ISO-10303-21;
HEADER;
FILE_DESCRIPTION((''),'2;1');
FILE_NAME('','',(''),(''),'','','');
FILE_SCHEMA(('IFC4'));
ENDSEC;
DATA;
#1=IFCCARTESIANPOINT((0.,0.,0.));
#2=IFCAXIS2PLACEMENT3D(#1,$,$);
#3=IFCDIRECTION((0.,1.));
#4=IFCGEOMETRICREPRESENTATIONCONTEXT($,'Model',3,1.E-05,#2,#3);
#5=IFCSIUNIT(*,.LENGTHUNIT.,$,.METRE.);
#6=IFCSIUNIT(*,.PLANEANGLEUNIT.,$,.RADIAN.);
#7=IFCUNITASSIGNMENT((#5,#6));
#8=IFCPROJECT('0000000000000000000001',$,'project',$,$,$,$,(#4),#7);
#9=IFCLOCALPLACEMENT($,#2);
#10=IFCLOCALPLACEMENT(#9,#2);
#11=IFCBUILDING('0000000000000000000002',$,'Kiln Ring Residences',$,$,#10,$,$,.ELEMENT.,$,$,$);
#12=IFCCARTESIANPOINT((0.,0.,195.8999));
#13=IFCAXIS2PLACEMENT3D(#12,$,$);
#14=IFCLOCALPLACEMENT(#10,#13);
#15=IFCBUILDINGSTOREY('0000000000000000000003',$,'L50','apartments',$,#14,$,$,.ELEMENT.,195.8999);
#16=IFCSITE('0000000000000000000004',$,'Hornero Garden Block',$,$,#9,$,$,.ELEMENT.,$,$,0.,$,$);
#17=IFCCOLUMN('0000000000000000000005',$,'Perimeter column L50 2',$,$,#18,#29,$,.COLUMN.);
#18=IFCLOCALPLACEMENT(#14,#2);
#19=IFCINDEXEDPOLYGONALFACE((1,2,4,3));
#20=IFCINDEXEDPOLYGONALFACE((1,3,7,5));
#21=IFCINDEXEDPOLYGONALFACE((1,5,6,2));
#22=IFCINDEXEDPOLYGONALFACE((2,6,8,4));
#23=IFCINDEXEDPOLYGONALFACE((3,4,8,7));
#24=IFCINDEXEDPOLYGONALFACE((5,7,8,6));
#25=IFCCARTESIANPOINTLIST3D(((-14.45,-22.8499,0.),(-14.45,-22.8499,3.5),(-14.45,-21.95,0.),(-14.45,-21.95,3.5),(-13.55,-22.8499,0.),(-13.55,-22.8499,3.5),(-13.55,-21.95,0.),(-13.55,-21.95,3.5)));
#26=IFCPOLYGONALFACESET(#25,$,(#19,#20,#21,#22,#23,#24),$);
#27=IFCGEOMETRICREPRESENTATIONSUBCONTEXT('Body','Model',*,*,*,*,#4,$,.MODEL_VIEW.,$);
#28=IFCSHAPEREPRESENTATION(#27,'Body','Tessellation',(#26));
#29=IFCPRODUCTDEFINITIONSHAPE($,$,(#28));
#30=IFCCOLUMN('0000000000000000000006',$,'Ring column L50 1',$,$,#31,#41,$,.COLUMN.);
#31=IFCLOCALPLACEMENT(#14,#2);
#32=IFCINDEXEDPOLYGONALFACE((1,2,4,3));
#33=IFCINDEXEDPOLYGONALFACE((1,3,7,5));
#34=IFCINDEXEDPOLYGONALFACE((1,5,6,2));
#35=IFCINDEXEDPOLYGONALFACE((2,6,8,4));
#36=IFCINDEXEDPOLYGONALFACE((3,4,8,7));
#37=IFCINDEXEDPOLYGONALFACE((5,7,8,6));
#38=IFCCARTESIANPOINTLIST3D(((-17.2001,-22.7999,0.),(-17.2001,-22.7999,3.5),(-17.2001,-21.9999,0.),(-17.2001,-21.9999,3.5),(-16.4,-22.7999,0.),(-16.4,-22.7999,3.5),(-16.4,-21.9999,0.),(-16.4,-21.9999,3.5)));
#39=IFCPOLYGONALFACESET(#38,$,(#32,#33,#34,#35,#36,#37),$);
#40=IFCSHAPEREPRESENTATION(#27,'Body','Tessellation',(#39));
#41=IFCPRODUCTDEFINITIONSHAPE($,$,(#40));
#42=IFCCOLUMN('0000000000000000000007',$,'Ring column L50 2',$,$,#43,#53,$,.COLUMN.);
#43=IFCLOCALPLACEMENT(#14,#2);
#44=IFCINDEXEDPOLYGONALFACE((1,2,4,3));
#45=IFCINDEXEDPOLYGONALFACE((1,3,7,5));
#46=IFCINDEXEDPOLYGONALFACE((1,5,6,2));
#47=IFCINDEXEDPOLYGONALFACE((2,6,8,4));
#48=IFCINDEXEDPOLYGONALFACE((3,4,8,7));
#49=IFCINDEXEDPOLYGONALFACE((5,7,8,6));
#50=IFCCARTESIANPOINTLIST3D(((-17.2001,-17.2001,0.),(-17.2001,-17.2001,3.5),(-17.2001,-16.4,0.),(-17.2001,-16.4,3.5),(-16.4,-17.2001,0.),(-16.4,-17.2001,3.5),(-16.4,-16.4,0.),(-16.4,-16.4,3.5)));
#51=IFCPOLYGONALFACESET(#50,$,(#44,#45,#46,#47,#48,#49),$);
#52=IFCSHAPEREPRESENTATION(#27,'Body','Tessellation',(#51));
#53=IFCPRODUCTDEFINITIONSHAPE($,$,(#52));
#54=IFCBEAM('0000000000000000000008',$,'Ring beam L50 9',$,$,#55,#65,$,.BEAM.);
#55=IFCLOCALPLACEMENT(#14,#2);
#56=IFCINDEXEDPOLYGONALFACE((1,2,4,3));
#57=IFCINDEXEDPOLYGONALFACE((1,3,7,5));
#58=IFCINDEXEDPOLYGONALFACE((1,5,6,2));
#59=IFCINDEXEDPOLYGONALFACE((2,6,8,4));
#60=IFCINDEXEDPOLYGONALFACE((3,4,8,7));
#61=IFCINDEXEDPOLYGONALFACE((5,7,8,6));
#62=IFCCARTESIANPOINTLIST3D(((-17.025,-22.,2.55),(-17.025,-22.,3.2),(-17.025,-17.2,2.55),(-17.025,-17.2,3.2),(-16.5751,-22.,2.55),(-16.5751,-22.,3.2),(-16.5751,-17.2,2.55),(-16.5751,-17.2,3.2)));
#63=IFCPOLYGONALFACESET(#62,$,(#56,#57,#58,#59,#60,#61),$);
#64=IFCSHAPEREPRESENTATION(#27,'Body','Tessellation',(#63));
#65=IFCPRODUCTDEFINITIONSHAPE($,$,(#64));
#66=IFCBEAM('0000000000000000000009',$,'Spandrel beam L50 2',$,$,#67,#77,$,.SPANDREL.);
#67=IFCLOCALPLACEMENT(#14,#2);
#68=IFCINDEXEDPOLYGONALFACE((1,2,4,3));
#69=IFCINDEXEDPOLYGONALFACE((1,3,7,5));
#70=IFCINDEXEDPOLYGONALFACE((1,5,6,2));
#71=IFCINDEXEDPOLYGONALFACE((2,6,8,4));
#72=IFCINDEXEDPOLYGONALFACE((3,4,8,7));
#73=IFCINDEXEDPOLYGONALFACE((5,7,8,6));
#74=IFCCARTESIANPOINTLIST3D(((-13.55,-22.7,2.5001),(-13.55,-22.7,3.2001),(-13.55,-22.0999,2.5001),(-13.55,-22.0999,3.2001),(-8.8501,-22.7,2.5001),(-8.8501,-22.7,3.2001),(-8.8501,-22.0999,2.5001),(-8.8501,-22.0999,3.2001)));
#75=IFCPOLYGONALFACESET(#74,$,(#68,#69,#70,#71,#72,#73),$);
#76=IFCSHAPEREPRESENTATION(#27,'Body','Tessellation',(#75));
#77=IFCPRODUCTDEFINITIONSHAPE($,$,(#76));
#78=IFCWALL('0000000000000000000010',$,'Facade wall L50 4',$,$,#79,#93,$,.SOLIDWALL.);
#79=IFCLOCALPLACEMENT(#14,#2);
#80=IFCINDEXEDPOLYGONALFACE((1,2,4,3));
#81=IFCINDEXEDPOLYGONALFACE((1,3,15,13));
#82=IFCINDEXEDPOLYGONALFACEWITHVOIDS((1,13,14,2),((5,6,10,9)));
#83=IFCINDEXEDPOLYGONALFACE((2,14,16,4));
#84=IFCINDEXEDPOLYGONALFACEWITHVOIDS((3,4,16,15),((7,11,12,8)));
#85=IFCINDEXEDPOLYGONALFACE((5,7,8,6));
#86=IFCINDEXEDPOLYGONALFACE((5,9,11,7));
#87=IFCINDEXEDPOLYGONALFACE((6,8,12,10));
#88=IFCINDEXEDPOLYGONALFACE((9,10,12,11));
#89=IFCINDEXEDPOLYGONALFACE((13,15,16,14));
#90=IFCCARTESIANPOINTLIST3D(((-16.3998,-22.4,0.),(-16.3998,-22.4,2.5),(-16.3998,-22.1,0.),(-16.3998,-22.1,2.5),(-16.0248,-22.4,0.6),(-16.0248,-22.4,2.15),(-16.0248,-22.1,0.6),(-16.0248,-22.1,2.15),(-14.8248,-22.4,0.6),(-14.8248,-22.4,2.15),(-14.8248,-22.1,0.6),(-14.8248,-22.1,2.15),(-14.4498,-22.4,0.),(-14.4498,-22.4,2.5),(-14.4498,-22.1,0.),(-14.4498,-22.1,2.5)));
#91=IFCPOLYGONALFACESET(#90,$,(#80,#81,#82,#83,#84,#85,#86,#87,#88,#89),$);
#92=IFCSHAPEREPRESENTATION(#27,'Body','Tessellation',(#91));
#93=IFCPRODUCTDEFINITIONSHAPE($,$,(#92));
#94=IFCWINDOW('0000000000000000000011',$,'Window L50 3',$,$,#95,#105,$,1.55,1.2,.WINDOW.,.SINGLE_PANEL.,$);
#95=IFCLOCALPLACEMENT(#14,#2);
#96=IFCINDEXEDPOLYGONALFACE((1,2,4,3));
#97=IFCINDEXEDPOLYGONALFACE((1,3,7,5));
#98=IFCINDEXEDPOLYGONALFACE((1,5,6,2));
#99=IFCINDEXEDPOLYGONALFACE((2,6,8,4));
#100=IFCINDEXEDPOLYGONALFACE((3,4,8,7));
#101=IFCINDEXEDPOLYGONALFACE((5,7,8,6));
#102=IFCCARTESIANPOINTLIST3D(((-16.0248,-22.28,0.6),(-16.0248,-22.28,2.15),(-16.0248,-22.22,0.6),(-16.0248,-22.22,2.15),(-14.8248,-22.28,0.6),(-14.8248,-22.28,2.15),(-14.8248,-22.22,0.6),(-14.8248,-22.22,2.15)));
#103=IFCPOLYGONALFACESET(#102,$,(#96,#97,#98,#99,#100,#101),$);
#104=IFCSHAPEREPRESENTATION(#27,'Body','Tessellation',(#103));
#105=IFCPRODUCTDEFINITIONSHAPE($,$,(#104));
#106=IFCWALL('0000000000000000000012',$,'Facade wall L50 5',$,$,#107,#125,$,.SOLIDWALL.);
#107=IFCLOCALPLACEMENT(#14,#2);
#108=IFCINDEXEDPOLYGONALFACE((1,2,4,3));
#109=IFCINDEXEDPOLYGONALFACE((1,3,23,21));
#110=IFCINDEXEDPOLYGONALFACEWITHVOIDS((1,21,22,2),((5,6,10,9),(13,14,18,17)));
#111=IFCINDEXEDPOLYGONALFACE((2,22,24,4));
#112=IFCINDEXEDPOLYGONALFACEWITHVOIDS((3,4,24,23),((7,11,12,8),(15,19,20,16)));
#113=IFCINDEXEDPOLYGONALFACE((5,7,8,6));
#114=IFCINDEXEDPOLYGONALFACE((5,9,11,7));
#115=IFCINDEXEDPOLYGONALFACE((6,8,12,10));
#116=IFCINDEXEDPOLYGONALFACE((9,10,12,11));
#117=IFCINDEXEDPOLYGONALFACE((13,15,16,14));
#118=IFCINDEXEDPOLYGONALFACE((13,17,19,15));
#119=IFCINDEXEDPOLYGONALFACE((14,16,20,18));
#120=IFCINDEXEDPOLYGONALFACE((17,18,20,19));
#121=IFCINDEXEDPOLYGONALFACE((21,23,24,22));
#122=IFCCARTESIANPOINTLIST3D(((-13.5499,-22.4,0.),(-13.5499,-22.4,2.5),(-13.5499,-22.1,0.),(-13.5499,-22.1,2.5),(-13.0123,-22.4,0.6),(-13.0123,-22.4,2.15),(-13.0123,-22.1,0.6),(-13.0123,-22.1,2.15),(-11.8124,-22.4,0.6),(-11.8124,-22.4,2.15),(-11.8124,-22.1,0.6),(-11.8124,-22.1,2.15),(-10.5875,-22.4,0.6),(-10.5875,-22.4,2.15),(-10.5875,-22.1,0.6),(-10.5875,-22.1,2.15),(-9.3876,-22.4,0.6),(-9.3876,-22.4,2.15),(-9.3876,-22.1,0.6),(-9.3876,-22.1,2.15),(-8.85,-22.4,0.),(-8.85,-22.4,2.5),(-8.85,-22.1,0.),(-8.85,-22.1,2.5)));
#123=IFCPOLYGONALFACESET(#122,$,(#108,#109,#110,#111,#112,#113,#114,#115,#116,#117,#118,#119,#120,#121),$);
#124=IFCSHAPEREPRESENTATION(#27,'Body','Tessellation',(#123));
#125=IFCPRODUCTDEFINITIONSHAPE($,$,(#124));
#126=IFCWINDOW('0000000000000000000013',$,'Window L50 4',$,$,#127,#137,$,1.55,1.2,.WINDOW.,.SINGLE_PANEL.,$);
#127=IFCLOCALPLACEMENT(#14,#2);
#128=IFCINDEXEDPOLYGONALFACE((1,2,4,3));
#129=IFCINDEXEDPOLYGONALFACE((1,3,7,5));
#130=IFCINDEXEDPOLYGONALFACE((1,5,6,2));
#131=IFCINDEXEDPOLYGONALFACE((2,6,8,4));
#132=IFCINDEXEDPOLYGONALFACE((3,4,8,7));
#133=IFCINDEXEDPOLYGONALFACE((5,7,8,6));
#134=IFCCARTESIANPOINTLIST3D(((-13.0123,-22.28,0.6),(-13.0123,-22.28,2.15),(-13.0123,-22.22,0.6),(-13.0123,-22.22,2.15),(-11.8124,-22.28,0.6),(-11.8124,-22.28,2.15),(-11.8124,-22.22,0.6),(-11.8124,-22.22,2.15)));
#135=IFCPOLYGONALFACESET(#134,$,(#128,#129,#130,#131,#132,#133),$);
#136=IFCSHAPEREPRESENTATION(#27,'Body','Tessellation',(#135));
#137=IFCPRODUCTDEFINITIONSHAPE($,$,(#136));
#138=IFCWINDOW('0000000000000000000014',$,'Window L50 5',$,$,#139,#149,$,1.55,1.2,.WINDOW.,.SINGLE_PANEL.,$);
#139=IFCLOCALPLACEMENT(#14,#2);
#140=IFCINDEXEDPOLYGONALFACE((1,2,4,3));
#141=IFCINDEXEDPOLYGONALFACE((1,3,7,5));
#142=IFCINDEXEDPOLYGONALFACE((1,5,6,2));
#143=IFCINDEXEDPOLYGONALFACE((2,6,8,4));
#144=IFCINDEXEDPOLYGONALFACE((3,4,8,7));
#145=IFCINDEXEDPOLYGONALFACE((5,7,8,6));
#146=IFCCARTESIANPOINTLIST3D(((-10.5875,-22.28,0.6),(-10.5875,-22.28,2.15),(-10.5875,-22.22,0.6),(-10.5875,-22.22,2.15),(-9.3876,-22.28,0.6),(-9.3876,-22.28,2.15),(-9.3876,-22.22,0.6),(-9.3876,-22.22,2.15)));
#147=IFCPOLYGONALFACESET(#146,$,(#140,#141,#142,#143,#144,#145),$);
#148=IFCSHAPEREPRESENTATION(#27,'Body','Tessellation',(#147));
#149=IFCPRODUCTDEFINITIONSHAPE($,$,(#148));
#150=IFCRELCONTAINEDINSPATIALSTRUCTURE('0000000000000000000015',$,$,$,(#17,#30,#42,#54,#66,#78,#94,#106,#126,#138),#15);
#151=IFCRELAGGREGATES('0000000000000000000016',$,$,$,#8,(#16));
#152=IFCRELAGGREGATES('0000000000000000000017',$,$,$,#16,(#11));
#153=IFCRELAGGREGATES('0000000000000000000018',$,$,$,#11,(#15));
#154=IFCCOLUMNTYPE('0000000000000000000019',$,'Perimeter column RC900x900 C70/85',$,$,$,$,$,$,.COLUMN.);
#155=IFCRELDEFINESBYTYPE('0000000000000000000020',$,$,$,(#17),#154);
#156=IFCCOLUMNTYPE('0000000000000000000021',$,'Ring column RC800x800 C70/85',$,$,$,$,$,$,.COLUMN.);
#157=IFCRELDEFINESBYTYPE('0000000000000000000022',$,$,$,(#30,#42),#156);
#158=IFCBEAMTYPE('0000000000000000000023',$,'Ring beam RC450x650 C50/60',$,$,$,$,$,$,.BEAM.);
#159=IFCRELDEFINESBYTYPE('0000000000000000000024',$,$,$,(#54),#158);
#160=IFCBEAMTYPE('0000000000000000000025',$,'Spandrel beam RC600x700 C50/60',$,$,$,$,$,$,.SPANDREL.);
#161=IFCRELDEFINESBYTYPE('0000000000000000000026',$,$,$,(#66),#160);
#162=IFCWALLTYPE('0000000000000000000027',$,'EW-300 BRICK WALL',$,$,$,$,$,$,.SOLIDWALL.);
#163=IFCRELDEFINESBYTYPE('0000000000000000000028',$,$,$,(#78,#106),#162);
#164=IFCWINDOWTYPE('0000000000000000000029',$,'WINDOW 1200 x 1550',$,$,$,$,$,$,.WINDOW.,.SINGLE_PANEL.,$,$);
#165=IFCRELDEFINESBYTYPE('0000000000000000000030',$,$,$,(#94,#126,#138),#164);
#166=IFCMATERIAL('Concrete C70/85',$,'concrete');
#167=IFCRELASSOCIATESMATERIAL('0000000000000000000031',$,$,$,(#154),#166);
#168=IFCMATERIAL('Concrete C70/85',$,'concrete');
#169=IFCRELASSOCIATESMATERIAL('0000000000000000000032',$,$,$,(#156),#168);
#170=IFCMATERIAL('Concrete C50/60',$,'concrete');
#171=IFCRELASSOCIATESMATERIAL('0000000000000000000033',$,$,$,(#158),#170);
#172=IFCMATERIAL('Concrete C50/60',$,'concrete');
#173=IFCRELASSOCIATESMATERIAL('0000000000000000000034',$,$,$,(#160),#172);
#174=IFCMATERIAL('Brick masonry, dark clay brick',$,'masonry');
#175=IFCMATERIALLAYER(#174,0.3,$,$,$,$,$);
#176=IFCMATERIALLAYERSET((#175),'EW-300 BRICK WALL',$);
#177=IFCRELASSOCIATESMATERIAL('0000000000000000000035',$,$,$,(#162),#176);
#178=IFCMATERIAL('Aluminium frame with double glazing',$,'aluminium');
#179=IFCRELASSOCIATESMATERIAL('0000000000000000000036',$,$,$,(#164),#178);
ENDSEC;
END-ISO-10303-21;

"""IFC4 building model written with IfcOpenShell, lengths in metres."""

from ifc_helpers import new_model, si_unit, direction, frame, frame_2d, origin, origin_2d, place, context, subcontext, project, spatial, rectangle, extrude, material, layer, layer_set, material_profile, profile_set, type_object, element, fill, save


model = new_model("IFC4")

# Units and contexts
model_context = context("Model", 3, precision=1e-05, world=origin(), true_north=direction((0.0, 1.0)))
body_context = subcontext(model_context, "Body", "Model", "MODEL_VIEW")
ifc_project = project(units=[si_unit("LENGTHUNIT", "METRE"), si_unit("PLANEANGLEUNIT", "RADIAN")], contexts=[model_context])

# Site, building, storey
site_placement = place(None, origin())
site = spatial("IfcSite", under=ifc_project, at=site_placement, Name="Hornero Garden Block", CompositionType="ELEMENT", RefElevation=0.0)
building_placement = place(site_placement, origin())
building = spatial("IfcBuilding", under=site, at=building_placement, Name="Kiln Ring Residences", CompositionType="ELEMENT")
storey_placement = place(building_placement, frame((0.0, 0.0, 195.8999)))
storey = spatial("IfcBuildingStorey", under=building, at=storey_placement, Name="L50", Description="apartments", CompositionType="ELEMENT", Elevation=195.8999)

# Columns
ifc_material_1 = material(Name="Concrete C70/85", Category="concrete")
ifc_material_profile_1 = material_profile(ifc_material_1, rectangle(XDim=0.8999, YDim=0.8999, at=origin_2d()), Name="RC900x900")
ifc_profile_set_1 = profile_set([ifc_material_profile_1], Name="Concrete C70/85")
column_type_1 = type_object("IfcColumnType", Name="Perimeter column RC900x900 C70/85", PredefinedType="COLUMN", material=ifc_profile_set_1)
column_placement = place(storey_placement, frame((-14.0, -22.3999, 0.0), z_axis=(0.0, 0.0, 1.0), x_axis=(1.0, 0.0, 0.0)))
element("IfcColumn", 1, at=column_placement, inside=storey, type_object=column_type_1, Name="Perimeter column L50 2", PredefinedType="COLUMN", context=body_context, shape_type="SweptSolid", body=[
    extrude(rectangle(XDim=0.8999, YDim=0.8999, at=origin_2d()), origin(), (0.0, 0.0, 1.0), 3.5),
])
ifc_material_2 = material(Name="Concrete C70/85", Category="concrete")
ifc_material_profile_2 = material_profile(ifc_material_2, rectangle(XDim=0.8, YDim=0.8, at=origin_2d()), Name="RC800x800")
ifc_profile_set_2 = profile_set([ifc_material_profile_2], Name="Concrete C70/85")
column_type_2 = type_object("IfcColumnType", Name="Ring column RC800x800 C70/85", PredefinedType="COLUMN", material=ifc_profile_set_2)
for number, where, z_axis, x_axis, name in (
    (2, (-16.8, -22.3999, 0.0), (0.0, 0.0, 1.0), (1.0, 0.0, 0.0), "Ring column L50 1"),
    (3, (-16.8, -16.8, 0.0), (0.0, 0.0, 1.0), (1.0, 0.0, 0.0), "Ring column L50 2"),
):
    element("IfcColumn", number, at=place(storey_placement, frame(where, z_axis=z_axis, x_axis=x_axis)), inside=storey, type_object=column_type_2, Name=name, PredefinedType="COLUMN", context=body_context, shape_type="SweptSolid", body=[
        extrude(rectangle(XDim=0.8, YDim=0.8, at=origin_2d()), origin(), (0.0, 0.0, 1.0), 3.5),
    ])

# Beams
ifc_material_3 = material(Name="Concrete C50/60", Category="concrete")
ifc_material_profile_3 = material_profile(ifc_material_3, rectangle(XDim=0.45, YDim=0.6499, at=origin_2d()), Name="RC450x650")
ifc_profile_set_3 = profile_set([ifc_material_profile_3], Name="Concrete C50/60")
beam_type_1 = type_object("IfcBeamType", Name="Ring beam RC450x650 C50/60", PredefinedType="BEAM", material=ifc_profile_set_3)
beam_1_placement = place(storey_placement, frame((-16.8, -17.2, 2.875), z_axis=(0.0, -1.0, 0.0), x_axis=(1.0, 0.0, 0.0)))
element("IfcBeam", 4, at=beam_1_placement, inside=storey, type_object=beam_type_1, Name="Ring beam L50 9", PredefinedType="BEAM", context=body_context, shape_type="SweptSolid", body=[
    extrude(rectangle(XDim=0.45, YDim=0.6499, at=origin_2d()), origin(), (0.0, 0.0, 1.0), 4.8),
])
ifc_material_4 = material(Name="Concrete C50/60", Category="concrete")
ifc_material_profile_4 = material_profile(ifc_material_4, rectangle(XDim=0.6001, YDim=0.7, at=origin_2d()), Name="RC600x700")
ifc_profile_set_4 = profile_set([ifc_material_profile_4], Name="Concrete C50/60")
beam_type_2 = type_object("IfcBeamType", Name="Spandrel beam RC600x700 C50/60", PredefinedType="SPANDREL", material=ifc_profile_set_4)
beam_2_placement = place(storey_placement, frame((-13.55, -22.3999, 2.8501), z_axis=(1.0, 0.0, 0.0), x_axis=(0.0, 1.0, 0.0)))
element("IfcBeam", 5, at=beam_2_placement, inside=storey, type_object=beam_type_2, Name="Spandrel beam L50 2", PredefinedType="SPANDREL", context=body_context, shape_type="SweptSolid", body=[
    extrude(rectangle(XDim=0.6001, YDim=0.7, at=origin_2d()), origin(), (0.0, 0.0, 1.0), 4.7),
])

# Wall, opening, window
ifc_material_5 = material(Name="Brick masonry, dark clay brick", Category="masonry")
ifc_layer_1 = layer(ifc_material_5, 0.3)
ifc_layer_set_1 = layer_set([ifc_layer_1], Name="EW-300 BRICK WALL")
wall_type_1 = type_object("IfcWallType", Name="EW-300 BRICK WALL", PredefinedType="SOLIDWALL", material=ifc_layer_set_1)
wall_1_placement = place(storey_placement, frame((-16.3999, -22.25, 0.0), z_axis=(0.0, 0.0, 1.0), x_axis=(1.0, 0.0, 0.0)))
wall_1 = element("IfcWall", 6, at=wall_1_placement, inside=storey, type_object=wall_type_1, Name="Facade wall L50 4", PredefinedType="SOLIDWALL", context=body_context, shape_type="SweptSolid", body=[
    extrude(rectangle(XDim=1.95, YDim=0.3, at=frame_2d((0.9751, 0.0))), origin(), (0.0, 0.0, 1.0), 2.5),
])
opening_1_placement = place(wall_1_placement, frame((0.375, 0.0, 0.6001)))
opening_1 = element("IfcOpeningElement", 7, at=opening_1_placement, cuts=wall_1, PredefinedType="OPENING", context=body_context, shape_type="SweptSolid", body=[
    extrude(rectangle(XDim=1.2, YDim=1.55, at=frame_2d((0.6001, 0.7749))), frame((0.0, 0.1599, 0.0), z_axis=(0.0, -1.0, 0.0), x_axis=(1.0, 0.0, 0.0)), (0.0, 0.0, 1.0), 0.3201),
])
ifc_material_6 = material(Name="Aluminium frame with double glazing", Category="aluminium")
window_type = type_object("IfcWindowType", Name="WINDOW 1200 x 1550", PartitioningType="SINGLE_PANEL", PredefinedType="WINDOW", material=ifc_material_6)
window_1_placement = place(opening_1_placement, origin())
window_1 = element("IfcWindow", 8, at=window_1_placement, inside=storey, type_object=window_type, Name="Window L50 3", OverallHeight=1.55, OverallWidth=1.2, PartitioningType="SINGLE_PANEL", PredefinedType="WINDOW", context=body_context, shape_type="SweptSolid", body=[
    extrude(rectangle(XDim=1.2, YDim=1.55, at=frame_2d((0.6001, 0.7749))), frame((0.0, 0.03, 0.0), z_axis=(0.0, -1.0, 0.0), x_axis=(1.0, 0.0, 0.0)), (0.0, 0.0, 1.0), 0.0601),
])
fill(opening_1, window_1)

# Wall, openings, windows
wall_2_placement = place(storey_placement, frame((-13.55, -22.25, 0.0), z_axis=(0.0, 0.0, 1.0), x_axis=(1.0, 0.0, 0.0)))
wall_2 = element("IfcWall", 9, at=wall_2_placement, inside=storey, type_object=wall_type_1, Name="Facade wall L50 5", PredefinedType="SOLIDWALL", context=body_context, shape_type="SweptSolid", body=[
    extrude(rectangle(XDim=4.7, YDim=0.3, at=frame_2d((2.3501, 0.0))), origin(), (0.0, 0.0, 1.0), 2.5),
])
opening_2_placement = place(wall_2_placement, frame((0.5376, 0.0, 0.6001)))
opening_2 = element("IfcOpeningElement", 10, at=opening_2_placement, cuts=wall_2, PredefinedType="OPENING", context=body_context, shape_type="SweptSolid", body=[
    extrude(rectangle(XDim=1.2, YDim=1.55, at=frame_2d((0.6001, 0.7749))), frame((0.0, 0.1599, 0.0), z_axis=(0.0, -1.0, 0.0), x_axis=(1.0, 0.0, 0.0)), (0.0, 0.0, 1.0), 0.3201),
])
opening_3_placement = place(wall_2_placement, frame((2.9624, 0.0, 0.6001)))
opening_3 = element("IfcOpeningElement", 11, at=opening_3_placement, cuts=wall_2, PredefinedType="OPENING", context=body_context, shape_type="SweptSolid", body=[
    extrude(rectangle(XDim=1.2, YDim=1.55, at=frame_2d((0.6001, 0.7749))), frame((0.0, 0.1599, 0.0), z_axis=(0.0, -1.0, 0.0), x_axis=(1.0, 0.0, 0.0)), (0.0, 0.0, 1.0), 0.3201),
])
window_2_placement = place(opening_2_placement, origin())
window_2 = element("IfcWindow", 12, at=window_2_placement, inside=storey, type_object=window_type, Name="Window L50 4", OverallHeight=1.55, OverallWidth=1.2, PartitioningType="SINGLE_PANEL", PredefinedType="WINDOW", context=body_context, shape_type="SweptSolid", body=[
    extrude(rectangle(XDim=1.2, YDim=1.55, at=frame_2d((0.6001, 0.7749))), frame((0.0, 0.03, 0.0), z_axis=(0.0, -1.0, 0.0), x_axis=(1.0, 0.0, 0.0)), (0.0, 0.0, 1.0), 0.0601),
])
fill(opening_2, window_2)
window_3_placement = place(opening_3_placement, origin())
window_3 = element("IfcWindow", 13, at=window_3_placement, inside=storey, type_object=window_type, Name="Window L50 5", OverallHeight=1.55, OverallWidth=1.2, PartitioningType="SINGLE_PANEL", PredefinedType="WINDOW", context=body_context, shape_type="SweptSolid", body=[
    extrude(rectangle(XDim=1.2, YDim=1.55, at=frame_2d((0.6001, 0.7749))), frame((0.0, 0.03, 0.0), z_axis=(0.0, -1.0, 0.0), x_axis=(1.0, 0.0, 0.0)), (0.0, 0.0, 1.0), 0.0601),
])
fill(opening_3, window_3)

save(model, "model.ifc")
